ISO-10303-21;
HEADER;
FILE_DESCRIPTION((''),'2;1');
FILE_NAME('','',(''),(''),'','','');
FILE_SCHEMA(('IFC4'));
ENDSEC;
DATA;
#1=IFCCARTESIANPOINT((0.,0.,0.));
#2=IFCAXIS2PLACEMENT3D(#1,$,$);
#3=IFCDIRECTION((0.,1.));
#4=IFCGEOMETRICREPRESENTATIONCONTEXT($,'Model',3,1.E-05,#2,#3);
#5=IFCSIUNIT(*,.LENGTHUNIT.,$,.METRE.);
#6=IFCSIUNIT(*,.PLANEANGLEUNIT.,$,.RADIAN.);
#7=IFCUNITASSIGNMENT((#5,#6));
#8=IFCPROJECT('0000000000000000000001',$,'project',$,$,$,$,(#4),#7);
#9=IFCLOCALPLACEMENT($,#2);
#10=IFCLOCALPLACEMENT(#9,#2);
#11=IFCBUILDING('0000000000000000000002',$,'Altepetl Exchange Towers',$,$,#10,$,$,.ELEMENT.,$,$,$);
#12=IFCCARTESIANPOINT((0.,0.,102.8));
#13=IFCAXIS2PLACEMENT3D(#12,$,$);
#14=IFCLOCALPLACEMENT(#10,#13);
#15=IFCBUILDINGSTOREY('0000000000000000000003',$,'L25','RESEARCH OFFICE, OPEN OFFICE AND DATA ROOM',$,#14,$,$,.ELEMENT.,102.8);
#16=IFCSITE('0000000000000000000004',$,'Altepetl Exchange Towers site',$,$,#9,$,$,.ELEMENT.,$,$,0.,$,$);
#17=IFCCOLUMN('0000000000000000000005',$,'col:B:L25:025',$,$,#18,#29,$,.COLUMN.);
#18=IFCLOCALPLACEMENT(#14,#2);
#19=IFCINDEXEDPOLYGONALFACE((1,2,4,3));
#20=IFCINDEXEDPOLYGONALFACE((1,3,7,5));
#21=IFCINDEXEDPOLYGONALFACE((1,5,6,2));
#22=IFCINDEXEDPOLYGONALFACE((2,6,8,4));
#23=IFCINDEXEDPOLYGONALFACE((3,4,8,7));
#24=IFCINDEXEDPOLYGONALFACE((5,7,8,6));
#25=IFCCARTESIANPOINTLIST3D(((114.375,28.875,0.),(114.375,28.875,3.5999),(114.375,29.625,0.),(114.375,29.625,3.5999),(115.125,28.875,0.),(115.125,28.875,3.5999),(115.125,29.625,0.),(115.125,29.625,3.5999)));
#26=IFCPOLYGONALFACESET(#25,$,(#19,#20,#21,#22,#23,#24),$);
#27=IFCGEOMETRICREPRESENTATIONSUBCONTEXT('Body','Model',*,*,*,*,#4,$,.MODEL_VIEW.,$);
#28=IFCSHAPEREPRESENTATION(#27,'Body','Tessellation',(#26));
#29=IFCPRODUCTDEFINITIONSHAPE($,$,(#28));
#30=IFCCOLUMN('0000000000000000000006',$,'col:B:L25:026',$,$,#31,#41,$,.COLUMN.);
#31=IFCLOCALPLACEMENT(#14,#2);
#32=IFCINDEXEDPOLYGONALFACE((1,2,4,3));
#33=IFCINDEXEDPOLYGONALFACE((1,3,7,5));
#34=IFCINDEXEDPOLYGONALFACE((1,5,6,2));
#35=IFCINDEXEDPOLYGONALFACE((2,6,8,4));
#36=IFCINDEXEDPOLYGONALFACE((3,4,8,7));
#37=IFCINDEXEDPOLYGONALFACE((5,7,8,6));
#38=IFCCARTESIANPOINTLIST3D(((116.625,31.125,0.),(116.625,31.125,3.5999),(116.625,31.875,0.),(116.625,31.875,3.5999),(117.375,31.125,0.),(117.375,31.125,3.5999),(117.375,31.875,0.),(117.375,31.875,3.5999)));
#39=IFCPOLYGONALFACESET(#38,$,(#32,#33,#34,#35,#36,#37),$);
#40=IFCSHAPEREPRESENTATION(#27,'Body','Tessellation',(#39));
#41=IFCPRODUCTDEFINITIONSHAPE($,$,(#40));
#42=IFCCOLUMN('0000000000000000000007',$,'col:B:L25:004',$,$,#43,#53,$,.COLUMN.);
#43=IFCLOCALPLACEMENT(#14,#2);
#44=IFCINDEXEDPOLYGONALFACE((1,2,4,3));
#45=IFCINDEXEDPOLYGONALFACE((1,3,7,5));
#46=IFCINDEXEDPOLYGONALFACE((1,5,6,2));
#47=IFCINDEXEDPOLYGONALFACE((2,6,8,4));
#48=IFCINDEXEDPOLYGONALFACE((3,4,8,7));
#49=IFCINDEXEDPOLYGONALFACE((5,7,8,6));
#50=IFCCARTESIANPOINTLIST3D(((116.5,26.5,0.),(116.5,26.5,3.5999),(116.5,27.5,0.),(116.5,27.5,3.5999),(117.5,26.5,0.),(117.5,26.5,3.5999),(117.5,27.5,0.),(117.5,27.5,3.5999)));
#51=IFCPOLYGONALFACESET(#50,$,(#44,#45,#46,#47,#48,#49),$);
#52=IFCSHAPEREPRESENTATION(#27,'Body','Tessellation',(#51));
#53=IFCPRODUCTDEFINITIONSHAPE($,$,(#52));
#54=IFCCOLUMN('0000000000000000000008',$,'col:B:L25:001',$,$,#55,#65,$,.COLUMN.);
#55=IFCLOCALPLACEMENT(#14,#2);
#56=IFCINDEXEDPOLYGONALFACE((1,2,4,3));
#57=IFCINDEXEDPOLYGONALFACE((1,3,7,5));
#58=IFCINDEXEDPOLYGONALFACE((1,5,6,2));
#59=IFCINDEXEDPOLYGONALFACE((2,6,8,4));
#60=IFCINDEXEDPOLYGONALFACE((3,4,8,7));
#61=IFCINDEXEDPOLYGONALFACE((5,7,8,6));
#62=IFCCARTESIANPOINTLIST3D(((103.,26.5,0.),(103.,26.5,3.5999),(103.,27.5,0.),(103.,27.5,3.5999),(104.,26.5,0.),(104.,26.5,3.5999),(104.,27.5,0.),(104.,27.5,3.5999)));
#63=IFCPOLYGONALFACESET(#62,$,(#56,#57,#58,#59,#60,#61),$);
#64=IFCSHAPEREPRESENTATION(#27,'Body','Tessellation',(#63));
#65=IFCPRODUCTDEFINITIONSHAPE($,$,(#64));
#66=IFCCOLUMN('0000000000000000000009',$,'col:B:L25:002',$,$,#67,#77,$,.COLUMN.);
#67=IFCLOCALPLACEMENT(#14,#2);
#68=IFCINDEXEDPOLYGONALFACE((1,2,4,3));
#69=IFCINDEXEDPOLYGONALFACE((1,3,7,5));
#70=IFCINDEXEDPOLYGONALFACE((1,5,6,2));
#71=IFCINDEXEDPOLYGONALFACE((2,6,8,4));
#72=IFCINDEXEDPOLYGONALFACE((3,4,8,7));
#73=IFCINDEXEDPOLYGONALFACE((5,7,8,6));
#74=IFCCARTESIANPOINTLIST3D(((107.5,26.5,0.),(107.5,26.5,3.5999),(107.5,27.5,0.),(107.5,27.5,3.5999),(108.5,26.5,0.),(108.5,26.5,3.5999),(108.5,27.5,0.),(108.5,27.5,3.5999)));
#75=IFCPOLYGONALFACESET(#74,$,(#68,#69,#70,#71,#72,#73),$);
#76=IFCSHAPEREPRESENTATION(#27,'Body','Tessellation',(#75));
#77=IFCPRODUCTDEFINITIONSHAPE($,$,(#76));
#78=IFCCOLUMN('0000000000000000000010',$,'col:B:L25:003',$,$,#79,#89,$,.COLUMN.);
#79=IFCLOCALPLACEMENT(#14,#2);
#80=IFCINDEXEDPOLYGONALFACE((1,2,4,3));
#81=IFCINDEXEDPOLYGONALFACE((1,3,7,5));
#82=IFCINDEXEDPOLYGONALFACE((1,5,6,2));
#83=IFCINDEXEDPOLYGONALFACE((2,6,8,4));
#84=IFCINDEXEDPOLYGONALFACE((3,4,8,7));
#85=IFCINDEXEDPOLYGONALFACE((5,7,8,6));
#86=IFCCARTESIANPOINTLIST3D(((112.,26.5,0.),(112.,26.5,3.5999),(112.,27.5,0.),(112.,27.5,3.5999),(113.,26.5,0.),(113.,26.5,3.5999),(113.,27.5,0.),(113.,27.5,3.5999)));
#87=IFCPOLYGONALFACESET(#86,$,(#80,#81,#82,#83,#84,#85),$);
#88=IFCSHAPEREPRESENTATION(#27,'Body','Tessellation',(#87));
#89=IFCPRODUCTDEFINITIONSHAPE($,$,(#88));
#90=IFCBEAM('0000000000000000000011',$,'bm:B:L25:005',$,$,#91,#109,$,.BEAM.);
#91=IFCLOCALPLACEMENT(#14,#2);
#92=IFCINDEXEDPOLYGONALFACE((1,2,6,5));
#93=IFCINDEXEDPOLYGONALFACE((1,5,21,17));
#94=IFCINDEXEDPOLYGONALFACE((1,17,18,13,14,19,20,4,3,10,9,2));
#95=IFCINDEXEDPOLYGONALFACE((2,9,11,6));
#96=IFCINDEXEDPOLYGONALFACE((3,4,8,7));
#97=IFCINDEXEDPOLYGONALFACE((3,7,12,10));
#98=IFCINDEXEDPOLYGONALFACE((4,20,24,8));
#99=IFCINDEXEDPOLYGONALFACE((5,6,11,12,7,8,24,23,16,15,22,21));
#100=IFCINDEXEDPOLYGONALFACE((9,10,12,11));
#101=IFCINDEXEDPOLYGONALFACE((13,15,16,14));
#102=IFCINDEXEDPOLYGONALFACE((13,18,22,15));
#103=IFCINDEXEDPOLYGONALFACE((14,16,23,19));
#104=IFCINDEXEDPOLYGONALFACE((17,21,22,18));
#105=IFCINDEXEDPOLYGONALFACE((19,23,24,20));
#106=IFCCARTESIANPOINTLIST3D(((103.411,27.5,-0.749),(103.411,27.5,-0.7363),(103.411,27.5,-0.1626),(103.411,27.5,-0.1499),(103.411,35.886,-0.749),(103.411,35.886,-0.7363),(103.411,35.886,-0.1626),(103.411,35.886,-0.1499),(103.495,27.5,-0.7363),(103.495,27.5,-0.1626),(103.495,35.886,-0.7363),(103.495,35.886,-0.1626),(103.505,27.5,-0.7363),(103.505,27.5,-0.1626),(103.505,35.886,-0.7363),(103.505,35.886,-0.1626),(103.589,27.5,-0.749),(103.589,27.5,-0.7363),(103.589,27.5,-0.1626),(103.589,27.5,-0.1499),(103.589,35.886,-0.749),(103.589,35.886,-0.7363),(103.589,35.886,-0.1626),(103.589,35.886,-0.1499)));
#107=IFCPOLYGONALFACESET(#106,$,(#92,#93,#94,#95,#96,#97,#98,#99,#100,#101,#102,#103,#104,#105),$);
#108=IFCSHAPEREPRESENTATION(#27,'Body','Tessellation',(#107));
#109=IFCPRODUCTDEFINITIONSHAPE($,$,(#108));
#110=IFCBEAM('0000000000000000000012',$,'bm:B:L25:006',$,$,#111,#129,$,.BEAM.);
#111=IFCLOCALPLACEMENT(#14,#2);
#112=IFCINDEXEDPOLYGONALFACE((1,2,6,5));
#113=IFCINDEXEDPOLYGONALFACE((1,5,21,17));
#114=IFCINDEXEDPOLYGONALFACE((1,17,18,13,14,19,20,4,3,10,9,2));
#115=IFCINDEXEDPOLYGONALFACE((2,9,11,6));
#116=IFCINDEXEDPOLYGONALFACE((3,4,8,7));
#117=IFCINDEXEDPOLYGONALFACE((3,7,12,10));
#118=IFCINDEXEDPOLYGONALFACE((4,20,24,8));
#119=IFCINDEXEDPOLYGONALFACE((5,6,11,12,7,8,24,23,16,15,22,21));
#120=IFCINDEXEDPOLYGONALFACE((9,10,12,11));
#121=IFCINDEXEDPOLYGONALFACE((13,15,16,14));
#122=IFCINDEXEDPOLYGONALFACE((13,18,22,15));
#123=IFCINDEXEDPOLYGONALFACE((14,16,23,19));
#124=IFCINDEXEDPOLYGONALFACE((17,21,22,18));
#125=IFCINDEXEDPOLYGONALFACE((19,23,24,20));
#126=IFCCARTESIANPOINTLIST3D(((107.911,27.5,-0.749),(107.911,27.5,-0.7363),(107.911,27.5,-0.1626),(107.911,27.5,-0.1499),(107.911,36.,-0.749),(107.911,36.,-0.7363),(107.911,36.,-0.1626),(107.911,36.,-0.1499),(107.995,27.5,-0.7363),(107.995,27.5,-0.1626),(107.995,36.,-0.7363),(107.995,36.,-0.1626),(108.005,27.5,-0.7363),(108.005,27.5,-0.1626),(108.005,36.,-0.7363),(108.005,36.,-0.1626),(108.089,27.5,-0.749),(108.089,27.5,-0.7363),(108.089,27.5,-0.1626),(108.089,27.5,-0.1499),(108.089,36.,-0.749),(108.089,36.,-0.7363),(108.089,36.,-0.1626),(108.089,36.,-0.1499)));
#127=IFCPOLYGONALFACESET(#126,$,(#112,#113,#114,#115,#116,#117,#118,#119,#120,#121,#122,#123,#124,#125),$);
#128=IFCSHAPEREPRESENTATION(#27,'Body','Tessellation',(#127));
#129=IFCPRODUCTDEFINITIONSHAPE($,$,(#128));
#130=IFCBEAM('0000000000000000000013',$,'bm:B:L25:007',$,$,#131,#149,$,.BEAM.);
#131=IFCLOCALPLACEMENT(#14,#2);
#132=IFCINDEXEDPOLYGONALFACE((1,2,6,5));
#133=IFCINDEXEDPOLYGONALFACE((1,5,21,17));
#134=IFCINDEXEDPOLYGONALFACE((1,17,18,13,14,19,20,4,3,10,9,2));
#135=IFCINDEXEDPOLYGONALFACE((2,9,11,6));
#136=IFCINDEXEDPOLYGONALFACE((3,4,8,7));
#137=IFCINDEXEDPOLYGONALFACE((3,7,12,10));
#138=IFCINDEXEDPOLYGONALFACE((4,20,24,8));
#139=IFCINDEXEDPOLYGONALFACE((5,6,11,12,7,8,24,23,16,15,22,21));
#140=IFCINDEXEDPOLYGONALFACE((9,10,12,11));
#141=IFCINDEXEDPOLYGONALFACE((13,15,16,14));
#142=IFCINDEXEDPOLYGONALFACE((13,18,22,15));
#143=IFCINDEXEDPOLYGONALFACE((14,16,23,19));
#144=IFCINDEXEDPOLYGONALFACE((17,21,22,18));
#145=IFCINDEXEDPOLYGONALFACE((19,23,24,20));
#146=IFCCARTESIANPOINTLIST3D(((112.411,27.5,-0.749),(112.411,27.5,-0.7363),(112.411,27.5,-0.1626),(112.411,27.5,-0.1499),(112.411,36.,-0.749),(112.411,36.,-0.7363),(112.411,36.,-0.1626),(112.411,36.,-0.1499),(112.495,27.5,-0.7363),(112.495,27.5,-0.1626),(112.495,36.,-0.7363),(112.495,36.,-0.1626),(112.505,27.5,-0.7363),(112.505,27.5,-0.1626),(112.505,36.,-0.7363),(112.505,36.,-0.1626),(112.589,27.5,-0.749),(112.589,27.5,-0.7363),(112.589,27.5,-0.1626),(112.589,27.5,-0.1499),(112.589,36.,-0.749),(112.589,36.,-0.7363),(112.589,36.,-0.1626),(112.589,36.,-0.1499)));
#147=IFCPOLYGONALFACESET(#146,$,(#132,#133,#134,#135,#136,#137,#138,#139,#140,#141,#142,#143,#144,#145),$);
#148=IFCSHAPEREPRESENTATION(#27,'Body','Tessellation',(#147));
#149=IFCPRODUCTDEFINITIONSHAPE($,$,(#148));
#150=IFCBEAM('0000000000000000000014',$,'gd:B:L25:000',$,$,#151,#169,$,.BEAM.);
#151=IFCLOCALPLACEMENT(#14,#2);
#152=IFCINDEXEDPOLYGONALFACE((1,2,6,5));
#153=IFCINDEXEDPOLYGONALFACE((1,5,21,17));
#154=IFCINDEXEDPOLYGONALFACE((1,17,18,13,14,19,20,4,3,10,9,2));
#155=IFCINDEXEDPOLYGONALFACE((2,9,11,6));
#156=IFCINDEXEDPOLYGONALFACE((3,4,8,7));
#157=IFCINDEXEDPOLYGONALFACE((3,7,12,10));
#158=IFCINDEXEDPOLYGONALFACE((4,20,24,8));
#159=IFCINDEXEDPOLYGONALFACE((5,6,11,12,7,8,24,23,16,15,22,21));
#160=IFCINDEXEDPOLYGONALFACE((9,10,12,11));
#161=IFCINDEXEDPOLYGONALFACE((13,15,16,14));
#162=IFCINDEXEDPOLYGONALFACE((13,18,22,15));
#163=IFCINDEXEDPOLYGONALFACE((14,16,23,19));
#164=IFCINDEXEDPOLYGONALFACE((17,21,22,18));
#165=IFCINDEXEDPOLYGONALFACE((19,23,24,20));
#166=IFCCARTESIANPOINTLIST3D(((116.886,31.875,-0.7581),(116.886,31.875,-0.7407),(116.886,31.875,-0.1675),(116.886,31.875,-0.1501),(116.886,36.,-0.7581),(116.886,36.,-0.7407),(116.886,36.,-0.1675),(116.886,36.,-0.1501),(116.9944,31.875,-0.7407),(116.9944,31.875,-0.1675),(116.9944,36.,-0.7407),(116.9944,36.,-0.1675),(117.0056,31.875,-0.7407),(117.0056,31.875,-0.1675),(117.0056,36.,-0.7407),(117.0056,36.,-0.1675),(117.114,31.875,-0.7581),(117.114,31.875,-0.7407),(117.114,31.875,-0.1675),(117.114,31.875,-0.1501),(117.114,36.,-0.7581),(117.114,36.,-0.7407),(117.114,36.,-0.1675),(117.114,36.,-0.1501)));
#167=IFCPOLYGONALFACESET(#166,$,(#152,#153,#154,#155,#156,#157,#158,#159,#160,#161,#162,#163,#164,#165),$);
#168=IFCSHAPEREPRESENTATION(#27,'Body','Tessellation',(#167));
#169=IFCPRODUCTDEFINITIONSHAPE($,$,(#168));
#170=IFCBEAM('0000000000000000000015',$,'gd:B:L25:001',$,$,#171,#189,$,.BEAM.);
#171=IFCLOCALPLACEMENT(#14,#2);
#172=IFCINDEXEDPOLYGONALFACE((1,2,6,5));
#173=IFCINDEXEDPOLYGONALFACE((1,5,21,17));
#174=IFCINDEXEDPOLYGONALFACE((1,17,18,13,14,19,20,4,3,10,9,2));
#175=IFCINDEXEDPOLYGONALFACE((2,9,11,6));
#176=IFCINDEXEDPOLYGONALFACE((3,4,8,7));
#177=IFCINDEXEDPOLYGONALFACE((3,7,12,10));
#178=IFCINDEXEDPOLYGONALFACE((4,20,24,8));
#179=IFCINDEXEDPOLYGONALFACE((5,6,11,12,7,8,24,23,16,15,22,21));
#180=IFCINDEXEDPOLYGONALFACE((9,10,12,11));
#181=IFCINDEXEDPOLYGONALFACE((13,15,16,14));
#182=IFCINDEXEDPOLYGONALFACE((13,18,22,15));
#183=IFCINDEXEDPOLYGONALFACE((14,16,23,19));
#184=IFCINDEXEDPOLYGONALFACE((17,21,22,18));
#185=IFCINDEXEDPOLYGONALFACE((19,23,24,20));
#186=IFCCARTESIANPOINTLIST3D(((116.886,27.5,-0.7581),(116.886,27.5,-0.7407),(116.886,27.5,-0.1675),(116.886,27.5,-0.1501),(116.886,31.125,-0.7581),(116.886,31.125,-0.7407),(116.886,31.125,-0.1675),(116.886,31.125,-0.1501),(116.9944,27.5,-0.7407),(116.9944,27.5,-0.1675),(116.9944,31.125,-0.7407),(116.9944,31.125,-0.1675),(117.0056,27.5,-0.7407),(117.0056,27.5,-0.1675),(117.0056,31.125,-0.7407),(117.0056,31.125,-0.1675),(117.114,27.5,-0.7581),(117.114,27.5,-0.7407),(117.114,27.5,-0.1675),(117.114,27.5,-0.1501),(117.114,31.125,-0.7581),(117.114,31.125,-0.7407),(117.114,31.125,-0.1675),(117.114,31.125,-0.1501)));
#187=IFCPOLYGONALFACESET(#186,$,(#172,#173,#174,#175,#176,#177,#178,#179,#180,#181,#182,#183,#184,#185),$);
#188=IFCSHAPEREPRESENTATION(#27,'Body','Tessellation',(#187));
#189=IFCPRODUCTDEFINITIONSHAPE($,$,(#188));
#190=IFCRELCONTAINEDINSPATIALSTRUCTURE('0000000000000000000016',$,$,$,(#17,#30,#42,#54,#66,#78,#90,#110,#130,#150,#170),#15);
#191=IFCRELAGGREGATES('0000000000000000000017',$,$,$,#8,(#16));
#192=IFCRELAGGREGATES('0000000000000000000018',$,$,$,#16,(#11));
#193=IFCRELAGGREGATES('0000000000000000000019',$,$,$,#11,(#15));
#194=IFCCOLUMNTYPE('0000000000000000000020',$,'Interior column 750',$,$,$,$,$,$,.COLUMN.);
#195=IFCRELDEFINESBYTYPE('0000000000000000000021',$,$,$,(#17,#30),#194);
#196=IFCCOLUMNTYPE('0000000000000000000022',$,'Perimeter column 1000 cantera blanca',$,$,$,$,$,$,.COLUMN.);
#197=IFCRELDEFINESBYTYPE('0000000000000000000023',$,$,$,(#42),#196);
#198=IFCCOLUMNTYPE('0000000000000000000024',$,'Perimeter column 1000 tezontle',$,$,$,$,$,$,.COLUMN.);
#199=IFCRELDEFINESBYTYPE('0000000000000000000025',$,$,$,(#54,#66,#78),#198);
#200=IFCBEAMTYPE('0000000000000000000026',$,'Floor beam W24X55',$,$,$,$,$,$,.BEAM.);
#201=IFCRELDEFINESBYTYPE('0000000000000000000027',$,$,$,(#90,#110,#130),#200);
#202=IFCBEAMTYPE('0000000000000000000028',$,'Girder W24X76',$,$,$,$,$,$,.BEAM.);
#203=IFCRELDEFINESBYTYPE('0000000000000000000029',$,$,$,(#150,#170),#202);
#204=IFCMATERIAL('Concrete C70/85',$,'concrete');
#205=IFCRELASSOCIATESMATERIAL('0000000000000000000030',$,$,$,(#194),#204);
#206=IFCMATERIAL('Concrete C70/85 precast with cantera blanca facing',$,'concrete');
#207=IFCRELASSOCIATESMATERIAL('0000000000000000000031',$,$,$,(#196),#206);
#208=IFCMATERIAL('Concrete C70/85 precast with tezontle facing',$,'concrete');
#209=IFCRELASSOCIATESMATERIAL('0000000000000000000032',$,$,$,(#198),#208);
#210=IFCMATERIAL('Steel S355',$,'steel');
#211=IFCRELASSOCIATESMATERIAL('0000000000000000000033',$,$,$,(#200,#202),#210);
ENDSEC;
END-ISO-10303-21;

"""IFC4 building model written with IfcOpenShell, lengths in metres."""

from ifc_helpers import new_model, si_unit, direction, frame, origin, origin_2d, place, context, subcontext, project, spatial, rectangle, i_section, extrude, material, material_profile, profile_set, type_object, element, save


model = new_model("IFC4")

# Units and contexts
model_context = context("Model", 3, precision=1e-05, world=origin(), true_north=direction((0.0, 1.0)))
body_context = subcontext(model_context, "Body", "Model", "MODEL_VIEW")
ifc_project = project(units=[si_unit("LENGTHUNIT", "METRE"), si_unit("PLANEANGLEUNIT", "RADIAN")], contexts=[model_context])

# Site, building, storey
site_placement = place(None, origin())
site = spatial("IfcSite", under=ifc_project, at=site_placement, Name="Altepetl Exchange Towers site", CompositionType="ELEMENT", RefElevation=0.0)
building_placement = place(site_placement, origin())
building = spatial("IfcBuilding", under=site, at=building_placement, Name="Altepetl Exchange Towers", CompositionType="ELEMENT")
storey_placement = place(building_placement, frame((0.0, 0.0, 102.8)))
storey = spatial("IfcBuildingStorey", under=building, at=storey_placement, Name="L25", Description="RESEARCH OFFICE, OPEN OFFICE AND DATA ROOM", CompositionType="ELEMENT", Elevation=102.8)

# Columns
ifc_material_1 = material(Name="Concrete C70/85", Category="concrete")
ifc_material_profile_1 = material_profile(ifc_material_1, rectangle(XDim=0.75, YDim=0.75, at=origin_2d()), Name="750 x 750")
ifc_profile_set_1 = profile_set([ifc_material_profile_1], Name="Concrete C70/85")
column_type_1 = type_object("IfcColumnType", Name="Interior column 750", PredefinedType="COLUMN", material=ifc_profile_set_1)
for number, where, name in (
    (1, (114.75, 29.25, 0.0), "col:B:L25:025"),
    (2, (117.0, 31.5, 0.0), "col:B:L25:026"),
):
    element("IfcColumn", number, at=place(storey_placement, frame(where)), inside=storey, type_object=column_type_1, Name=name, PredefinedType="COLUMN", context=body_context, shape_type="SweptSolid", body=[
        extrude(rectangle(XDim=0.75, YDim=0.75, at=origin_2d()), origin(), (0.0, 0.0, 1.0), 3.5999),
    ])
ifc_material_2 = material(Name="Concrete C70/85 precast with cantera blanca facing", Category="concrete")
ifc_material_profile_2 = material_profile(ifc_material_2, rectangle(XDim=1.0, YDim=1.0, at=origin_2d()), Name="1000 x 1000")
ifc_profile_set_2 = profile_set([ifc_material_profile_2], Name="Concrete C70/85 precast with cantera blanca facing")
column_type_2 = type_object("IfcColumnType", Name="Perimeter column 1000 cantera blanca", PredefinedType="COLUMN", material=ifc_profile_set_2)
column_placement = place(storey_placement, frame((117.0, 27.0, 0.0)))
element("IfcColumn", 3, at=column_placement, inside=storey, type_object=column_type_2, Name="col:B:L25:004", PredefinedType="COLUMN", context=body_context, shape_type="SweptSolid", body=[
    extrude(rectangle(XDim=1.0, YDim=1.0, at=origin_2d()), origin(), (0.0, 0.0, 1.0), 3.5999),
])
ifc_material_3 = material(Name="Concrete C70/85 precast with tezontle facing", Category="concrete")
ifc_material_profile_3 = material_profile(ifc_material_3, rectangle(XDim=1.0, YDim=1.0, at=origin_2d()), Name="1000 x 1000")
ifc_profile_set_3 = profile_set([ifc_material_profile_3], Name="Concrete C70/85 precast with tezontle facing")
column_type_3 = type_object("IfcColumnType", Name="Perimeter column 1000 tezontle", PredefinedType="COLUMN", material=ifc_profile_set_3)
for number, where, name in (
    (4, (103.5, 27.0, 0.0), "col:B:L25:001"),
    (5, (108.0, 27.0, 0.0), "col:B:L25:002"),
    (6, (112.5, 27.0, 0.0), "col:B:L25:003"),
):
    element("IfcColumn", number, at=place(storey_placement, frame(where)), inside=storey, type_object=column_type_3, Name=name, PredefinedType="COLUMN", context=body_context, shape_type="SweptSolid", body=[
        extrude(rectangle(XDim=1.0, YDim=1.0, at=origin_2d()), origin(), (0.0, 0.0, 1.0), 3.5999),
    ])

# Beams
ifc_material_4 = material(Name="Steel S355", Category="steel")
ifc_material_profile_4 = material_profile(ifc_material_4, i_section(OverallWidth=0.178, OverallDepth=0.5991, WebThickness=0.01, FlangeThickness=0.0127, at=origin_2d()), Name="W24X55")
ifc_profile_set_4 = profile_set([ifc_material_profile_4], Name="Steel S355")
beam_type_1 = type_object("IfcBeamType", Name="Floor beam W24X55", PredefinedType="BEAM", material=ifc_profile_set_4)
beam_1_placement = place(storey_placement, frame((103.5, 27.5, -0.4495), z_axis=(0.0, 1.0, 0.0), x_axis=(-1.0, 0.0, 0.0)))
element("IfcBeam", 7, at=beam_1_placement, inside=storey, type_object=beam_type_1, Name="bm:B:L25:005", PredefinedType="BEAM", context=body_context, shape_type="SweptSolid", body=[
    extrude(i_section(OverallWidth=0.178, OverallDepth=0.5991, WebThickness=0.01, FlangeThickness=0.0127, at=origin_2d()), origin(), (0.0, 0.0, 1.0), 8.386),
])
for number, where, z_axis, x_axis, name in (
    (8, (108.0, 27.5, -0.4495), (0.0, 1.0, 0.0), (-1.0, 0.0, 0.0), "bm:B:L25:006"),
    (9, (112.5, 27.5, -0.4495), (0.0, 1.0, 0.0), (-1.0, 0.0, 0.0), "bm:B:L25:007"),
):
    element("IfcBeam", number, at=place(storey_placement, frame(where, z_axis=z_axis, x_axis=x_axis)), inside=storey, type_object=beam_type_1, Name=name, PredefinedType="BEAM", context=body_context, shape_type="SweptSolid", body=[
        extrude(i_section(OverallWidth=0.178, OverallDepth=0.5991, WebThickness=0.01, FlangeThickness=0.0127, at=origin_2d()), origin(), (0.0, 0.0, 1.0), 8.5),
    ])
ifc_material_profile_5 = material_profile(ifc_material_4, i_section(OverallWidth=0.228, OverallDepth=0.6079, WebThickness=0.0112, FlangeThickness=0.0173, at=origin_2d()), Name="W24X76")
ifc_profile_set_5 = profile_set([ifc_material_profile_5], Name="Steel S355")
beam_type_2 = type_object("IfcBeamType", Name="Girder W24X76", PredefinedType="BEAM", material=ifc_profile_set_5)
beam_2_placement = place(storey_placement, frame((117.0, 36.0, -0.4541), z_axis=(0.0, -1.0, 0.0), x_axis=(1.0, 0.0, 0.0)))
element("IfcBeam", 10, at=beam_2_placement, inside=storey, type_object=beam_type_2, Name="gd:B:L25:000", PredefinedType="BEAM", context=body_context, shape_type="SweptSolid", body=[
    extrude(i_section(OverallWidth=0.228, OverallDepth=0.6079, WebThickness=0.0112, FlangeThickness=0.0173, at=origin_2d()), origin(), (0.0, 0.0, 1.0), 4.125),
])
beam_3_placement = place(storey_placement, frame((117.0, 31.125, -0.4541), z_axis=(0.0, -1.0, 0.0), x_axis=(1.0, 0.0, 0.0)))
element("IfcBeam", 11, at=beam_3_placement, inside=storey, type_object=beam_type_2, Name="gd:B:L25:001", PredefinedType="BEAM", context=body_context, shape_type="SweptSolid", body=[
    extrude(i_section(OverallWidth=0.228, OverallDepth=0.6079, WebThickness=0.0112, FlangeThickness=0.0173, at=origin_2d()), origin(), (0.0, 0.0, 1.0), 3.625),
])

save(model, "model.ifc")
